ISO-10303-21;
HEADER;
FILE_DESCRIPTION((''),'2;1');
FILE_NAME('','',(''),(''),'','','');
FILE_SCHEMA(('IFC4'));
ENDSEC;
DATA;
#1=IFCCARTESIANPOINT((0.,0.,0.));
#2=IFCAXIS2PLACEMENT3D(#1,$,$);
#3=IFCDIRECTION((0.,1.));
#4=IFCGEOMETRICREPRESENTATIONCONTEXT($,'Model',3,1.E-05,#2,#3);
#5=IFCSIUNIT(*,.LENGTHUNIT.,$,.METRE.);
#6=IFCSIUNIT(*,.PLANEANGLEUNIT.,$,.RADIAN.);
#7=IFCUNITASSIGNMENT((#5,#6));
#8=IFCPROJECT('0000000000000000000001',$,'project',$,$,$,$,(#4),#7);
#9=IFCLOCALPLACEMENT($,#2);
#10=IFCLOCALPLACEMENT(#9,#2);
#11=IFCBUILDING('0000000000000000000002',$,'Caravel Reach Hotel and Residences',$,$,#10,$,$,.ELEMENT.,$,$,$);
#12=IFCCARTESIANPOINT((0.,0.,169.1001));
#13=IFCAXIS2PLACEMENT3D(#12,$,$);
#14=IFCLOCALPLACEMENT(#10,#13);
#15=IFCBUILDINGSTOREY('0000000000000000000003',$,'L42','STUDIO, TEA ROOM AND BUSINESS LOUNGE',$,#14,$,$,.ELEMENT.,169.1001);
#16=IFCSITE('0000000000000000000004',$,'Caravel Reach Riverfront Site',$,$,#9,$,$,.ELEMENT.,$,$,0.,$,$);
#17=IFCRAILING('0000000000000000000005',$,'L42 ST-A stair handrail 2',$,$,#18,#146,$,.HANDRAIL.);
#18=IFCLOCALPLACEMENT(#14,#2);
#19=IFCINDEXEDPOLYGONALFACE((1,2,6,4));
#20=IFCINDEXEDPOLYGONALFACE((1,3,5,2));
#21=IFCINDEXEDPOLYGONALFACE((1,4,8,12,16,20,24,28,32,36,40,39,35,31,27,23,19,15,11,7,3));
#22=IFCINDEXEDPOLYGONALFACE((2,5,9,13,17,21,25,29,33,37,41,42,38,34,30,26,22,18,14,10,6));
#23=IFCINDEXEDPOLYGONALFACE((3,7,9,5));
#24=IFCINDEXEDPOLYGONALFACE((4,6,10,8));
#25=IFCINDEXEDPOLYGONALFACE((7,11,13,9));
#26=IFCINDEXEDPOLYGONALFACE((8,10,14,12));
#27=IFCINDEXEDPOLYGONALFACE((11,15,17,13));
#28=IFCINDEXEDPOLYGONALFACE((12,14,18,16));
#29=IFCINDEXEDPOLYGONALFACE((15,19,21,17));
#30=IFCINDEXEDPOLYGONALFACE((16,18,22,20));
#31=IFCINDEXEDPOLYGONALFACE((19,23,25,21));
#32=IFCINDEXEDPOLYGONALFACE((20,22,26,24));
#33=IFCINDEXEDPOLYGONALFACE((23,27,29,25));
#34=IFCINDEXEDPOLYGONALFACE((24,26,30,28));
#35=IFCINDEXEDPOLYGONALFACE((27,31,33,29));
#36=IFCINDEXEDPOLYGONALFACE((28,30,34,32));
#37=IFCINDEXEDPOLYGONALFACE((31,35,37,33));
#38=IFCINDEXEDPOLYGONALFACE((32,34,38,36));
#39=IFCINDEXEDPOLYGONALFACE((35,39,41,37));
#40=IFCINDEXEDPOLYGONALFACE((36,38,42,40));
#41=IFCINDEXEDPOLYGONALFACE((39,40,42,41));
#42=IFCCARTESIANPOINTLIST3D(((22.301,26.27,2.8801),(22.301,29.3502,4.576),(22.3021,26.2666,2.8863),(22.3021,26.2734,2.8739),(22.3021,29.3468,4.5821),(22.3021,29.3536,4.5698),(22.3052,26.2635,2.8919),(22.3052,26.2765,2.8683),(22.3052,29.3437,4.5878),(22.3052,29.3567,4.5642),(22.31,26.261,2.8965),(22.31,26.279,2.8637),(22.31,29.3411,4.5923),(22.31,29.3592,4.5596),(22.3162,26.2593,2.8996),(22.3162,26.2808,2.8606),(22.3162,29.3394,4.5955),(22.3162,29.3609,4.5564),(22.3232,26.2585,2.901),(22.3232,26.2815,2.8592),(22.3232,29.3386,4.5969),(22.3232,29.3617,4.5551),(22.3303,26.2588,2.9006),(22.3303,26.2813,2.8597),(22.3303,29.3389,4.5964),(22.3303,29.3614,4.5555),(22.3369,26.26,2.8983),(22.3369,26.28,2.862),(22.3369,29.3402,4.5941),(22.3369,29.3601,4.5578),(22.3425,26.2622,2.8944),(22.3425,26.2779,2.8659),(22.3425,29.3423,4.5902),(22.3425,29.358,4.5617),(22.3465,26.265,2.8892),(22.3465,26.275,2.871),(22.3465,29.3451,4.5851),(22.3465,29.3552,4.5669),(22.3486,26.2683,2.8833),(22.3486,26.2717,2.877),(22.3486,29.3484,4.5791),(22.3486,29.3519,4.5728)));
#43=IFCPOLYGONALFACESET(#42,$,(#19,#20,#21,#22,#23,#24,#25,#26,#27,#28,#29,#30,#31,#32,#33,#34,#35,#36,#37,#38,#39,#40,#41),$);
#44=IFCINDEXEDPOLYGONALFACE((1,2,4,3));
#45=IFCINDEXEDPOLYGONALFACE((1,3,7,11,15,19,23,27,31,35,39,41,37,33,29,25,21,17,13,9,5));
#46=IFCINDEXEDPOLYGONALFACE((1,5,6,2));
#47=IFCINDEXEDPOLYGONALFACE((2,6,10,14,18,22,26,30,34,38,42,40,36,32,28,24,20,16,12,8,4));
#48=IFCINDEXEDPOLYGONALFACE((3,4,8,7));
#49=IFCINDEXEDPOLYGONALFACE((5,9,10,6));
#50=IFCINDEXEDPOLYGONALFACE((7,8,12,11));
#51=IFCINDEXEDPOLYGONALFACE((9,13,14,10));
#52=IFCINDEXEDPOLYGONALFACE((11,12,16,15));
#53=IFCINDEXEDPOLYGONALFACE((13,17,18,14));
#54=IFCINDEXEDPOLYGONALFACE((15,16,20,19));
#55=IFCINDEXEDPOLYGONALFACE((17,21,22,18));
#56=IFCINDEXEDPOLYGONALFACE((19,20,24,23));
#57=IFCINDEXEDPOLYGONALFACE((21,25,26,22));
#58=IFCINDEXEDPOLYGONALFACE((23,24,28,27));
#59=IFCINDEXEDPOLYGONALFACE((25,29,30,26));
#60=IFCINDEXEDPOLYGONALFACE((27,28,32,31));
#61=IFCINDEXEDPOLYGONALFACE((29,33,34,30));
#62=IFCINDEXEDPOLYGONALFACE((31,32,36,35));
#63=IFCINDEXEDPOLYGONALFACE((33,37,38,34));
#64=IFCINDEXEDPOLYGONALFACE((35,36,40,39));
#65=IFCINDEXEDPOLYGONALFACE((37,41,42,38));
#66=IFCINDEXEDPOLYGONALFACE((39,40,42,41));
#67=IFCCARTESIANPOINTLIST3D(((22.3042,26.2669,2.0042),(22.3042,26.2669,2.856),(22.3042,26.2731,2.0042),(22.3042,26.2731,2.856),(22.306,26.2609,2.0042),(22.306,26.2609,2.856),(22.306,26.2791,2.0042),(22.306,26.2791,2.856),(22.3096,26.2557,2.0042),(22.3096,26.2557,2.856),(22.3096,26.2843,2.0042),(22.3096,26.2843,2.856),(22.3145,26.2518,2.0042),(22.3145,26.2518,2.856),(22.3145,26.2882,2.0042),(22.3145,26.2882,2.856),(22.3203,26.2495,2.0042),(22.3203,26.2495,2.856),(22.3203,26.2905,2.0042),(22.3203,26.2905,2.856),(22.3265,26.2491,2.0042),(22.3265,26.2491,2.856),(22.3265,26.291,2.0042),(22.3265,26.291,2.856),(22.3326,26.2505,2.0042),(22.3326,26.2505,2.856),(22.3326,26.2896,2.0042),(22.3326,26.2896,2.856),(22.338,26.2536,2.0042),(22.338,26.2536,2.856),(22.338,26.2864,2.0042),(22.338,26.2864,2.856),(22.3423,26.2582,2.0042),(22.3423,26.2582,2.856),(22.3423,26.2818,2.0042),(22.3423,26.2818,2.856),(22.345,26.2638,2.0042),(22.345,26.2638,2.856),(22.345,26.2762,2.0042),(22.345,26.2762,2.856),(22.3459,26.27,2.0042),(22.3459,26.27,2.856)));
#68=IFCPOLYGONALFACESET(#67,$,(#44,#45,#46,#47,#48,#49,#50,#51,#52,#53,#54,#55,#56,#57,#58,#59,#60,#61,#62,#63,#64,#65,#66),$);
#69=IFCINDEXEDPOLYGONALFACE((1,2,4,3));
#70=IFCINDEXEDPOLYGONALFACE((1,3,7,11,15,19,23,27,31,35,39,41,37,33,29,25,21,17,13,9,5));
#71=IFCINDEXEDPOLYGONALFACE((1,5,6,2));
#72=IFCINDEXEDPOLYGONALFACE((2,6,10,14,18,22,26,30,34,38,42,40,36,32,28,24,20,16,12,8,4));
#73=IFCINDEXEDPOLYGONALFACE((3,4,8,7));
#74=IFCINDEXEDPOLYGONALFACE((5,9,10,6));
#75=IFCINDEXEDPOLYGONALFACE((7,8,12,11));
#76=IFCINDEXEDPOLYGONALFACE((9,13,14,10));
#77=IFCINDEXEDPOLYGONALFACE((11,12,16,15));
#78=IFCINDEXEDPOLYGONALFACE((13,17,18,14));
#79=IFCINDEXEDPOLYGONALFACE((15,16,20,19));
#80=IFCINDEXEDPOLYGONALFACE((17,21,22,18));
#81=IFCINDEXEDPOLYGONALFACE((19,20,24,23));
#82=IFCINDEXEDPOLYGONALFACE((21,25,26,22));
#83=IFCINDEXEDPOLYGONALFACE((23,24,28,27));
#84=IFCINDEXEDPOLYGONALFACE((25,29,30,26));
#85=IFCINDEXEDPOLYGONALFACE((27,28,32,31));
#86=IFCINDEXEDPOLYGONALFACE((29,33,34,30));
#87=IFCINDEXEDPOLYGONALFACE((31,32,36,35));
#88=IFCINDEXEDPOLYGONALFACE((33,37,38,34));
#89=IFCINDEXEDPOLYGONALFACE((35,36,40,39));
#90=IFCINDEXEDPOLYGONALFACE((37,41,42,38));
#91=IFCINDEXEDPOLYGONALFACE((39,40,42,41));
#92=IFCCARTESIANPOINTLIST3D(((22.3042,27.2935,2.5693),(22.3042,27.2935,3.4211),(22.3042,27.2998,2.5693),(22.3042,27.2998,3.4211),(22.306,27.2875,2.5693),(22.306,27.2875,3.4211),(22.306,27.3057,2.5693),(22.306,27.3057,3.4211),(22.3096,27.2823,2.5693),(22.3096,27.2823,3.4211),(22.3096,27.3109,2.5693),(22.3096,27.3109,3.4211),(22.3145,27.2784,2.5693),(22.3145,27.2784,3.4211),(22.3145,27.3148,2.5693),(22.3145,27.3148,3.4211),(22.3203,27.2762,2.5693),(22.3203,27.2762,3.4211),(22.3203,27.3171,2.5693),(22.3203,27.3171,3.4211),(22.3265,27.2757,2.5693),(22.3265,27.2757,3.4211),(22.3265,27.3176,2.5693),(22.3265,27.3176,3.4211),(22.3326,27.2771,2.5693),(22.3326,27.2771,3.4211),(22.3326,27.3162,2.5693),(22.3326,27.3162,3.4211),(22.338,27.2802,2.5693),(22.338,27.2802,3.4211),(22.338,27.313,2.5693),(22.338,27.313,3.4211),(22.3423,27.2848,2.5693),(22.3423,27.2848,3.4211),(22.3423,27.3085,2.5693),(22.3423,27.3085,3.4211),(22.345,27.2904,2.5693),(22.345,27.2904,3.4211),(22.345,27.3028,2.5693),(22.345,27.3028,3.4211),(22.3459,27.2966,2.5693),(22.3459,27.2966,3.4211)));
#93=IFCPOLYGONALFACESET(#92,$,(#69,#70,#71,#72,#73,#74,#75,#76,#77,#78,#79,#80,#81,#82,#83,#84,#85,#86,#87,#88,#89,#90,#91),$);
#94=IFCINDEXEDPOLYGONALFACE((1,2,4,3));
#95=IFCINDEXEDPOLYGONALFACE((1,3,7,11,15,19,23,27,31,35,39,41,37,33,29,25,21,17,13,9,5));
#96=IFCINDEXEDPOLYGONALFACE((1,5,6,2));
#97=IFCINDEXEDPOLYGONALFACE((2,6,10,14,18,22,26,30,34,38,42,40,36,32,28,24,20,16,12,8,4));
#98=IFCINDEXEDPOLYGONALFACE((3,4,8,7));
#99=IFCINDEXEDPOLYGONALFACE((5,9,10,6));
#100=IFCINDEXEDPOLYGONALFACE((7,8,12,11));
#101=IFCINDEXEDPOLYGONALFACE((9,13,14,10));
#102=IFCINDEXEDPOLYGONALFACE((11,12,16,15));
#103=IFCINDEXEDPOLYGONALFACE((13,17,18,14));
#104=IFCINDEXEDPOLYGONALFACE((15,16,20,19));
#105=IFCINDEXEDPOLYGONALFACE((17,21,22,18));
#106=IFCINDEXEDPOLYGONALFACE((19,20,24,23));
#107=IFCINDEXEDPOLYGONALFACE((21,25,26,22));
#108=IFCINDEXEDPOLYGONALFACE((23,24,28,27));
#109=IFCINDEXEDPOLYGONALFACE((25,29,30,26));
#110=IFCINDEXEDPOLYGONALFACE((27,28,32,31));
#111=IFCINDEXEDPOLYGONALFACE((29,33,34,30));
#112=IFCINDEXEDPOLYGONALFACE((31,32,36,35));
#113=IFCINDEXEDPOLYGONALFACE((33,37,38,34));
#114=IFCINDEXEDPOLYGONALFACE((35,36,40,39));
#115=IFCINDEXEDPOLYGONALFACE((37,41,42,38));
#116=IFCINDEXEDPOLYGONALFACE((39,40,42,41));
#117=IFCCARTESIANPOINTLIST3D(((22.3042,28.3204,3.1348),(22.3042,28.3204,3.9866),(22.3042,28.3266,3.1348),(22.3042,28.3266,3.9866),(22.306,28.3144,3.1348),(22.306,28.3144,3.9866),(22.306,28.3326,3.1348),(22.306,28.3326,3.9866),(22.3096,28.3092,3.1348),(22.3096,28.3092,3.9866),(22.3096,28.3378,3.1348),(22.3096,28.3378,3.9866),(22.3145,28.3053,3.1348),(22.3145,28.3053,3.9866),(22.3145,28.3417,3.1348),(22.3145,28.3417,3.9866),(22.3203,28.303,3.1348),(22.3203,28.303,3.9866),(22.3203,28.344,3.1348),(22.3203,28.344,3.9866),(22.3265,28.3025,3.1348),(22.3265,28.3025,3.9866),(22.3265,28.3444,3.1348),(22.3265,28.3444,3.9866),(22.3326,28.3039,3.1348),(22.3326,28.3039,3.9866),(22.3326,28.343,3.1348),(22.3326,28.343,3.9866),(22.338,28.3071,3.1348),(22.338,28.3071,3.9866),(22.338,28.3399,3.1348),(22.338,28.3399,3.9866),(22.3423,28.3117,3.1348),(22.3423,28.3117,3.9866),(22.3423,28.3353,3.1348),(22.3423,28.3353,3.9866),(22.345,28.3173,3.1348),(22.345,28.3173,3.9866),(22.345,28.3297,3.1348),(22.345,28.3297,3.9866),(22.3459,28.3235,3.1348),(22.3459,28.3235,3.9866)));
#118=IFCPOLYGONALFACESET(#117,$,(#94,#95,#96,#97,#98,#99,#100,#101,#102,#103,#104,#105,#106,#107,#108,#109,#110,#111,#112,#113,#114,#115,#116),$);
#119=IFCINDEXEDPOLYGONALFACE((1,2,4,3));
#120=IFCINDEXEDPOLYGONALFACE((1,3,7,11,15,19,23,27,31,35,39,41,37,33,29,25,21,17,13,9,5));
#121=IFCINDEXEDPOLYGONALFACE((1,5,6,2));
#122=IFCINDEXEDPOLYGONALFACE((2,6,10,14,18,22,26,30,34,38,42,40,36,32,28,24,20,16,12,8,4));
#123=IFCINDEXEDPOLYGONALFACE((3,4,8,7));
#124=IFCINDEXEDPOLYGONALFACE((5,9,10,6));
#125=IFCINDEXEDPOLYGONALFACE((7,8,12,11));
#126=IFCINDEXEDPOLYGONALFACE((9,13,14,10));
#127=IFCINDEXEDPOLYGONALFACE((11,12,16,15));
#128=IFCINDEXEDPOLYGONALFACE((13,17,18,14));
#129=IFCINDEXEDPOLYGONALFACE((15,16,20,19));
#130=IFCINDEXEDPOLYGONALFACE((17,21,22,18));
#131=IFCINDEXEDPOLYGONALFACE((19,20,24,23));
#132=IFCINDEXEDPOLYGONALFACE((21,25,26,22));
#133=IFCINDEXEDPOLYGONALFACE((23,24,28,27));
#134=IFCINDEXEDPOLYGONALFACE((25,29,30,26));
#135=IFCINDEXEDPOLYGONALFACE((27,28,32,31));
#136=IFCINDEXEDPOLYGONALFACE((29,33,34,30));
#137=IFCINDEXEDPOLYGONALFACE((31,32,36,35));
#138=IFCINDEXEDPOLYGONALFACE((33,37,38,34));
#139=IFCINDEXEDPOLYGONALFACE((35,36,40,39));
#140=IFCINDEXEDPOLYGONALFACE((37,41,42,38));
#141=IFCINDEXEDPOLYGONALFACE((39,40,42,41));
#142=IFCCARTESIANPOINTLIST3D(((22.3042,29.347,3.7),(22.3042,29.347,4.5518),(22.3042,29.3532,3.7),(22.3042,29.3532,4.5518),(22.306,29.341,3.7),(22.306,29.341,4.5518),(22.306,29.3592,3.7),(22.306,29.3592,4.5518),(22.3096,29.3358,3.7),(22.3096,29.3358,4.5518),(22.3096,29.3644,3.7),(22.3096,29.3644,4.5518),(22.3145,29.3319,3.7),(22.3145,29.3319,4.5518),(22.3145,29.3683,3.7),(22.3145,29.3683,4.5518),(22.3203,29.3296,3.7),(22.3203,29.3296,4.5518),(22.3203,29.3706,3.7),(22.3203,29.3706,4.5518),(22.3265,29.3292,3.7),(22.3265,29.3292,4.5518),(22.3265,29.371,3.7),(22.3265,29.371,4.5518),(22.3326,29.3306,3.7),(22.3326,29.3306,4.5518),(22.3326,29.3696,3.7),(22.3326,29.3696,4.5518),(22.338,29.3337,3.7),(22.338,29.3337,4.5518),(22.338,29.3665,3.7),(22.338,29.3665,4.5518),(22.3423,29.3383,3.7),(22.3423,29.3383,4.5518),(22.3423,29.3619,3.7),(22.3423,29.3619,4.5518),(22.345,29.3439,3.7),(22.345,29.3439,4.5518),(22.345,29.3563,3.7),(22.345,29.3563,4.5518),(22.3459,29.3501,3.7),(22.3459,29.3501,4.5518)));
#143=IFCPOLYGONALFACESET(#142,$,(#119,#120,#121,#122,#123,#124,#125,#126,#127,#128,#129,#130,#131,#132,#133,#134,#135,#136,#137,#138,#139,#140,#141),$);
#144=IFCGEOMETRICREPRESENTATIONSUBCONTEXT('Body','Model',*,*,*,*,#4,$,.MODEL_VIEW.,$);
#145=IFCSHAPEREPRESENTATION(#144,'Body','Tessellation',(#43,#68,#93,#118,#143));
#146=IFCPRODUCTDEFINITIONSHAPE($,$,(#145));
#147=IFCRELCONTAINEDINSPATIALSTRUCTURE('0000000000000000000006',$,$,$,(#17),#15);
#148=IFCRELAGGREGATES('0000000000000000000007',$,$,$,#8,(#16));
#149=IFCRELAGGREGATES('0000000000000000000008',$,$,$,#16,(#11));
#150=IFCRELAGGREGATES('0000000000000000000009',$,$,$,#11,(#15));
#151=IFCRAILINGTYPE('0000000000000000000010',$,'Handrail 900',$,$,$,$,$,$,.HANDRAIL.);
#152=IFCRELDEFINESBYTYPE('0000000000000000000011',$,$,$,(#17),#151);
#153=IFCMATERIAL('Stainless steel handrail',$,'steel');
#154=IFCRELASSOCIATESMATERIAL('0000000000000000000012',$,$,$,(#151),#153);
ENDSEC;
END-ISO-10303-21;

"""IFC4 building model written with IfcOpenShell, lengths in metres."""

from ifc_helpers import new_model, si_unit, direction, frame, origin, origin_2d, place, context, subcontext, project, spatial, circle, extrude, material, type_object, element, save


model = new_model("IFC4")

# Units and contexts
model_context = context("Model", 3, precision=1e-05, world=origin(), true_north=direction((0.0, 1.0)))
body_context = subcontext(model_context, "Body", "Model", "MODEL_VIEW")
ifc_project = project(units=[si_unit("LENGTHUNIT", "METRE"), si_unit("PLANEANGLEUNIT", "RADIAN")], contexts=[model_context])

# Site, building, storey
site_placement = place(None, origin())
site = spatial("IfcSite", under=ifc_project, at=site_placement, Name="Caravel Reach Riverfront Site", CompositionType="ELEMENT", RefElevation=0.0)
building_placement = place(site_placement, origin())
building = spatial("IfcBuilding", under=site, at=building_placement, Name="Caravel Reach Hotel and Residences", CompositionType="ELEMENT")
storey_placement = place(building_placement, frame((0.0, 0.0, 169.1001)))
storey = spatial("IfcBuildingStorey", under=building, at=storey_placement, Name="L42", Description="STUDIO, TEA ROOM AND BUSINESS LOUNGE", CompositionType="ELEMENT", Elevation=169.1001)

# Railing
ifc_material_1 = material(Name="Stainless steel handrail", Category="steel")
railing_type_1 = type_object("IfcRailingType", Name="Handrail 900", PredefinedType="HANDRAIL", material=ifc_material_1)
railing_1_placement = place(storey_placement, frame((22.325, 26.27, 2.0042)))
element("IfcRailing", 1, at=railing_1_placement, inside=storey, type_object=railing_type_1, Name="L42 ST-A stair handrail 2", PredefinedType="HANDRAIL", context=body_context, shape_type="SweptSolid", body=[
    extrude(circle(Radius=0.0239, at=origin_2d()), frame((0.0, 0.0, 0.876), z_axis=(0.0, 0.876005, 0.482303), x_axis=(-1.0, 0.0, 0.0)), (0.0, 0.0, 1.0), 3.5161),
    extrude(circle(Radius=0.021, at=origin_2d()), origin(), (0.0, 0.0, 1.0), 0.8518),
    extrude(circle(Radius=0.021, at=origin_2d()), frame((0.0, 1.0266, 0.5652)), (0.0, 0.0, 1.0), 0.8518),
    extrude(circle(Radius=0.021, at=origin_2d()), frame((0.0, 2.0535, 1.1306)), (0.0, 0.0, 1.0), 0.8518),
    extrude(circle(Radius=0.021, at=origin_2d()), frame((0.0, 3.0801, 1.6958)), (0.0, 0.0, 1.0), 0.8518),
])

save(model, "model.ifc")
